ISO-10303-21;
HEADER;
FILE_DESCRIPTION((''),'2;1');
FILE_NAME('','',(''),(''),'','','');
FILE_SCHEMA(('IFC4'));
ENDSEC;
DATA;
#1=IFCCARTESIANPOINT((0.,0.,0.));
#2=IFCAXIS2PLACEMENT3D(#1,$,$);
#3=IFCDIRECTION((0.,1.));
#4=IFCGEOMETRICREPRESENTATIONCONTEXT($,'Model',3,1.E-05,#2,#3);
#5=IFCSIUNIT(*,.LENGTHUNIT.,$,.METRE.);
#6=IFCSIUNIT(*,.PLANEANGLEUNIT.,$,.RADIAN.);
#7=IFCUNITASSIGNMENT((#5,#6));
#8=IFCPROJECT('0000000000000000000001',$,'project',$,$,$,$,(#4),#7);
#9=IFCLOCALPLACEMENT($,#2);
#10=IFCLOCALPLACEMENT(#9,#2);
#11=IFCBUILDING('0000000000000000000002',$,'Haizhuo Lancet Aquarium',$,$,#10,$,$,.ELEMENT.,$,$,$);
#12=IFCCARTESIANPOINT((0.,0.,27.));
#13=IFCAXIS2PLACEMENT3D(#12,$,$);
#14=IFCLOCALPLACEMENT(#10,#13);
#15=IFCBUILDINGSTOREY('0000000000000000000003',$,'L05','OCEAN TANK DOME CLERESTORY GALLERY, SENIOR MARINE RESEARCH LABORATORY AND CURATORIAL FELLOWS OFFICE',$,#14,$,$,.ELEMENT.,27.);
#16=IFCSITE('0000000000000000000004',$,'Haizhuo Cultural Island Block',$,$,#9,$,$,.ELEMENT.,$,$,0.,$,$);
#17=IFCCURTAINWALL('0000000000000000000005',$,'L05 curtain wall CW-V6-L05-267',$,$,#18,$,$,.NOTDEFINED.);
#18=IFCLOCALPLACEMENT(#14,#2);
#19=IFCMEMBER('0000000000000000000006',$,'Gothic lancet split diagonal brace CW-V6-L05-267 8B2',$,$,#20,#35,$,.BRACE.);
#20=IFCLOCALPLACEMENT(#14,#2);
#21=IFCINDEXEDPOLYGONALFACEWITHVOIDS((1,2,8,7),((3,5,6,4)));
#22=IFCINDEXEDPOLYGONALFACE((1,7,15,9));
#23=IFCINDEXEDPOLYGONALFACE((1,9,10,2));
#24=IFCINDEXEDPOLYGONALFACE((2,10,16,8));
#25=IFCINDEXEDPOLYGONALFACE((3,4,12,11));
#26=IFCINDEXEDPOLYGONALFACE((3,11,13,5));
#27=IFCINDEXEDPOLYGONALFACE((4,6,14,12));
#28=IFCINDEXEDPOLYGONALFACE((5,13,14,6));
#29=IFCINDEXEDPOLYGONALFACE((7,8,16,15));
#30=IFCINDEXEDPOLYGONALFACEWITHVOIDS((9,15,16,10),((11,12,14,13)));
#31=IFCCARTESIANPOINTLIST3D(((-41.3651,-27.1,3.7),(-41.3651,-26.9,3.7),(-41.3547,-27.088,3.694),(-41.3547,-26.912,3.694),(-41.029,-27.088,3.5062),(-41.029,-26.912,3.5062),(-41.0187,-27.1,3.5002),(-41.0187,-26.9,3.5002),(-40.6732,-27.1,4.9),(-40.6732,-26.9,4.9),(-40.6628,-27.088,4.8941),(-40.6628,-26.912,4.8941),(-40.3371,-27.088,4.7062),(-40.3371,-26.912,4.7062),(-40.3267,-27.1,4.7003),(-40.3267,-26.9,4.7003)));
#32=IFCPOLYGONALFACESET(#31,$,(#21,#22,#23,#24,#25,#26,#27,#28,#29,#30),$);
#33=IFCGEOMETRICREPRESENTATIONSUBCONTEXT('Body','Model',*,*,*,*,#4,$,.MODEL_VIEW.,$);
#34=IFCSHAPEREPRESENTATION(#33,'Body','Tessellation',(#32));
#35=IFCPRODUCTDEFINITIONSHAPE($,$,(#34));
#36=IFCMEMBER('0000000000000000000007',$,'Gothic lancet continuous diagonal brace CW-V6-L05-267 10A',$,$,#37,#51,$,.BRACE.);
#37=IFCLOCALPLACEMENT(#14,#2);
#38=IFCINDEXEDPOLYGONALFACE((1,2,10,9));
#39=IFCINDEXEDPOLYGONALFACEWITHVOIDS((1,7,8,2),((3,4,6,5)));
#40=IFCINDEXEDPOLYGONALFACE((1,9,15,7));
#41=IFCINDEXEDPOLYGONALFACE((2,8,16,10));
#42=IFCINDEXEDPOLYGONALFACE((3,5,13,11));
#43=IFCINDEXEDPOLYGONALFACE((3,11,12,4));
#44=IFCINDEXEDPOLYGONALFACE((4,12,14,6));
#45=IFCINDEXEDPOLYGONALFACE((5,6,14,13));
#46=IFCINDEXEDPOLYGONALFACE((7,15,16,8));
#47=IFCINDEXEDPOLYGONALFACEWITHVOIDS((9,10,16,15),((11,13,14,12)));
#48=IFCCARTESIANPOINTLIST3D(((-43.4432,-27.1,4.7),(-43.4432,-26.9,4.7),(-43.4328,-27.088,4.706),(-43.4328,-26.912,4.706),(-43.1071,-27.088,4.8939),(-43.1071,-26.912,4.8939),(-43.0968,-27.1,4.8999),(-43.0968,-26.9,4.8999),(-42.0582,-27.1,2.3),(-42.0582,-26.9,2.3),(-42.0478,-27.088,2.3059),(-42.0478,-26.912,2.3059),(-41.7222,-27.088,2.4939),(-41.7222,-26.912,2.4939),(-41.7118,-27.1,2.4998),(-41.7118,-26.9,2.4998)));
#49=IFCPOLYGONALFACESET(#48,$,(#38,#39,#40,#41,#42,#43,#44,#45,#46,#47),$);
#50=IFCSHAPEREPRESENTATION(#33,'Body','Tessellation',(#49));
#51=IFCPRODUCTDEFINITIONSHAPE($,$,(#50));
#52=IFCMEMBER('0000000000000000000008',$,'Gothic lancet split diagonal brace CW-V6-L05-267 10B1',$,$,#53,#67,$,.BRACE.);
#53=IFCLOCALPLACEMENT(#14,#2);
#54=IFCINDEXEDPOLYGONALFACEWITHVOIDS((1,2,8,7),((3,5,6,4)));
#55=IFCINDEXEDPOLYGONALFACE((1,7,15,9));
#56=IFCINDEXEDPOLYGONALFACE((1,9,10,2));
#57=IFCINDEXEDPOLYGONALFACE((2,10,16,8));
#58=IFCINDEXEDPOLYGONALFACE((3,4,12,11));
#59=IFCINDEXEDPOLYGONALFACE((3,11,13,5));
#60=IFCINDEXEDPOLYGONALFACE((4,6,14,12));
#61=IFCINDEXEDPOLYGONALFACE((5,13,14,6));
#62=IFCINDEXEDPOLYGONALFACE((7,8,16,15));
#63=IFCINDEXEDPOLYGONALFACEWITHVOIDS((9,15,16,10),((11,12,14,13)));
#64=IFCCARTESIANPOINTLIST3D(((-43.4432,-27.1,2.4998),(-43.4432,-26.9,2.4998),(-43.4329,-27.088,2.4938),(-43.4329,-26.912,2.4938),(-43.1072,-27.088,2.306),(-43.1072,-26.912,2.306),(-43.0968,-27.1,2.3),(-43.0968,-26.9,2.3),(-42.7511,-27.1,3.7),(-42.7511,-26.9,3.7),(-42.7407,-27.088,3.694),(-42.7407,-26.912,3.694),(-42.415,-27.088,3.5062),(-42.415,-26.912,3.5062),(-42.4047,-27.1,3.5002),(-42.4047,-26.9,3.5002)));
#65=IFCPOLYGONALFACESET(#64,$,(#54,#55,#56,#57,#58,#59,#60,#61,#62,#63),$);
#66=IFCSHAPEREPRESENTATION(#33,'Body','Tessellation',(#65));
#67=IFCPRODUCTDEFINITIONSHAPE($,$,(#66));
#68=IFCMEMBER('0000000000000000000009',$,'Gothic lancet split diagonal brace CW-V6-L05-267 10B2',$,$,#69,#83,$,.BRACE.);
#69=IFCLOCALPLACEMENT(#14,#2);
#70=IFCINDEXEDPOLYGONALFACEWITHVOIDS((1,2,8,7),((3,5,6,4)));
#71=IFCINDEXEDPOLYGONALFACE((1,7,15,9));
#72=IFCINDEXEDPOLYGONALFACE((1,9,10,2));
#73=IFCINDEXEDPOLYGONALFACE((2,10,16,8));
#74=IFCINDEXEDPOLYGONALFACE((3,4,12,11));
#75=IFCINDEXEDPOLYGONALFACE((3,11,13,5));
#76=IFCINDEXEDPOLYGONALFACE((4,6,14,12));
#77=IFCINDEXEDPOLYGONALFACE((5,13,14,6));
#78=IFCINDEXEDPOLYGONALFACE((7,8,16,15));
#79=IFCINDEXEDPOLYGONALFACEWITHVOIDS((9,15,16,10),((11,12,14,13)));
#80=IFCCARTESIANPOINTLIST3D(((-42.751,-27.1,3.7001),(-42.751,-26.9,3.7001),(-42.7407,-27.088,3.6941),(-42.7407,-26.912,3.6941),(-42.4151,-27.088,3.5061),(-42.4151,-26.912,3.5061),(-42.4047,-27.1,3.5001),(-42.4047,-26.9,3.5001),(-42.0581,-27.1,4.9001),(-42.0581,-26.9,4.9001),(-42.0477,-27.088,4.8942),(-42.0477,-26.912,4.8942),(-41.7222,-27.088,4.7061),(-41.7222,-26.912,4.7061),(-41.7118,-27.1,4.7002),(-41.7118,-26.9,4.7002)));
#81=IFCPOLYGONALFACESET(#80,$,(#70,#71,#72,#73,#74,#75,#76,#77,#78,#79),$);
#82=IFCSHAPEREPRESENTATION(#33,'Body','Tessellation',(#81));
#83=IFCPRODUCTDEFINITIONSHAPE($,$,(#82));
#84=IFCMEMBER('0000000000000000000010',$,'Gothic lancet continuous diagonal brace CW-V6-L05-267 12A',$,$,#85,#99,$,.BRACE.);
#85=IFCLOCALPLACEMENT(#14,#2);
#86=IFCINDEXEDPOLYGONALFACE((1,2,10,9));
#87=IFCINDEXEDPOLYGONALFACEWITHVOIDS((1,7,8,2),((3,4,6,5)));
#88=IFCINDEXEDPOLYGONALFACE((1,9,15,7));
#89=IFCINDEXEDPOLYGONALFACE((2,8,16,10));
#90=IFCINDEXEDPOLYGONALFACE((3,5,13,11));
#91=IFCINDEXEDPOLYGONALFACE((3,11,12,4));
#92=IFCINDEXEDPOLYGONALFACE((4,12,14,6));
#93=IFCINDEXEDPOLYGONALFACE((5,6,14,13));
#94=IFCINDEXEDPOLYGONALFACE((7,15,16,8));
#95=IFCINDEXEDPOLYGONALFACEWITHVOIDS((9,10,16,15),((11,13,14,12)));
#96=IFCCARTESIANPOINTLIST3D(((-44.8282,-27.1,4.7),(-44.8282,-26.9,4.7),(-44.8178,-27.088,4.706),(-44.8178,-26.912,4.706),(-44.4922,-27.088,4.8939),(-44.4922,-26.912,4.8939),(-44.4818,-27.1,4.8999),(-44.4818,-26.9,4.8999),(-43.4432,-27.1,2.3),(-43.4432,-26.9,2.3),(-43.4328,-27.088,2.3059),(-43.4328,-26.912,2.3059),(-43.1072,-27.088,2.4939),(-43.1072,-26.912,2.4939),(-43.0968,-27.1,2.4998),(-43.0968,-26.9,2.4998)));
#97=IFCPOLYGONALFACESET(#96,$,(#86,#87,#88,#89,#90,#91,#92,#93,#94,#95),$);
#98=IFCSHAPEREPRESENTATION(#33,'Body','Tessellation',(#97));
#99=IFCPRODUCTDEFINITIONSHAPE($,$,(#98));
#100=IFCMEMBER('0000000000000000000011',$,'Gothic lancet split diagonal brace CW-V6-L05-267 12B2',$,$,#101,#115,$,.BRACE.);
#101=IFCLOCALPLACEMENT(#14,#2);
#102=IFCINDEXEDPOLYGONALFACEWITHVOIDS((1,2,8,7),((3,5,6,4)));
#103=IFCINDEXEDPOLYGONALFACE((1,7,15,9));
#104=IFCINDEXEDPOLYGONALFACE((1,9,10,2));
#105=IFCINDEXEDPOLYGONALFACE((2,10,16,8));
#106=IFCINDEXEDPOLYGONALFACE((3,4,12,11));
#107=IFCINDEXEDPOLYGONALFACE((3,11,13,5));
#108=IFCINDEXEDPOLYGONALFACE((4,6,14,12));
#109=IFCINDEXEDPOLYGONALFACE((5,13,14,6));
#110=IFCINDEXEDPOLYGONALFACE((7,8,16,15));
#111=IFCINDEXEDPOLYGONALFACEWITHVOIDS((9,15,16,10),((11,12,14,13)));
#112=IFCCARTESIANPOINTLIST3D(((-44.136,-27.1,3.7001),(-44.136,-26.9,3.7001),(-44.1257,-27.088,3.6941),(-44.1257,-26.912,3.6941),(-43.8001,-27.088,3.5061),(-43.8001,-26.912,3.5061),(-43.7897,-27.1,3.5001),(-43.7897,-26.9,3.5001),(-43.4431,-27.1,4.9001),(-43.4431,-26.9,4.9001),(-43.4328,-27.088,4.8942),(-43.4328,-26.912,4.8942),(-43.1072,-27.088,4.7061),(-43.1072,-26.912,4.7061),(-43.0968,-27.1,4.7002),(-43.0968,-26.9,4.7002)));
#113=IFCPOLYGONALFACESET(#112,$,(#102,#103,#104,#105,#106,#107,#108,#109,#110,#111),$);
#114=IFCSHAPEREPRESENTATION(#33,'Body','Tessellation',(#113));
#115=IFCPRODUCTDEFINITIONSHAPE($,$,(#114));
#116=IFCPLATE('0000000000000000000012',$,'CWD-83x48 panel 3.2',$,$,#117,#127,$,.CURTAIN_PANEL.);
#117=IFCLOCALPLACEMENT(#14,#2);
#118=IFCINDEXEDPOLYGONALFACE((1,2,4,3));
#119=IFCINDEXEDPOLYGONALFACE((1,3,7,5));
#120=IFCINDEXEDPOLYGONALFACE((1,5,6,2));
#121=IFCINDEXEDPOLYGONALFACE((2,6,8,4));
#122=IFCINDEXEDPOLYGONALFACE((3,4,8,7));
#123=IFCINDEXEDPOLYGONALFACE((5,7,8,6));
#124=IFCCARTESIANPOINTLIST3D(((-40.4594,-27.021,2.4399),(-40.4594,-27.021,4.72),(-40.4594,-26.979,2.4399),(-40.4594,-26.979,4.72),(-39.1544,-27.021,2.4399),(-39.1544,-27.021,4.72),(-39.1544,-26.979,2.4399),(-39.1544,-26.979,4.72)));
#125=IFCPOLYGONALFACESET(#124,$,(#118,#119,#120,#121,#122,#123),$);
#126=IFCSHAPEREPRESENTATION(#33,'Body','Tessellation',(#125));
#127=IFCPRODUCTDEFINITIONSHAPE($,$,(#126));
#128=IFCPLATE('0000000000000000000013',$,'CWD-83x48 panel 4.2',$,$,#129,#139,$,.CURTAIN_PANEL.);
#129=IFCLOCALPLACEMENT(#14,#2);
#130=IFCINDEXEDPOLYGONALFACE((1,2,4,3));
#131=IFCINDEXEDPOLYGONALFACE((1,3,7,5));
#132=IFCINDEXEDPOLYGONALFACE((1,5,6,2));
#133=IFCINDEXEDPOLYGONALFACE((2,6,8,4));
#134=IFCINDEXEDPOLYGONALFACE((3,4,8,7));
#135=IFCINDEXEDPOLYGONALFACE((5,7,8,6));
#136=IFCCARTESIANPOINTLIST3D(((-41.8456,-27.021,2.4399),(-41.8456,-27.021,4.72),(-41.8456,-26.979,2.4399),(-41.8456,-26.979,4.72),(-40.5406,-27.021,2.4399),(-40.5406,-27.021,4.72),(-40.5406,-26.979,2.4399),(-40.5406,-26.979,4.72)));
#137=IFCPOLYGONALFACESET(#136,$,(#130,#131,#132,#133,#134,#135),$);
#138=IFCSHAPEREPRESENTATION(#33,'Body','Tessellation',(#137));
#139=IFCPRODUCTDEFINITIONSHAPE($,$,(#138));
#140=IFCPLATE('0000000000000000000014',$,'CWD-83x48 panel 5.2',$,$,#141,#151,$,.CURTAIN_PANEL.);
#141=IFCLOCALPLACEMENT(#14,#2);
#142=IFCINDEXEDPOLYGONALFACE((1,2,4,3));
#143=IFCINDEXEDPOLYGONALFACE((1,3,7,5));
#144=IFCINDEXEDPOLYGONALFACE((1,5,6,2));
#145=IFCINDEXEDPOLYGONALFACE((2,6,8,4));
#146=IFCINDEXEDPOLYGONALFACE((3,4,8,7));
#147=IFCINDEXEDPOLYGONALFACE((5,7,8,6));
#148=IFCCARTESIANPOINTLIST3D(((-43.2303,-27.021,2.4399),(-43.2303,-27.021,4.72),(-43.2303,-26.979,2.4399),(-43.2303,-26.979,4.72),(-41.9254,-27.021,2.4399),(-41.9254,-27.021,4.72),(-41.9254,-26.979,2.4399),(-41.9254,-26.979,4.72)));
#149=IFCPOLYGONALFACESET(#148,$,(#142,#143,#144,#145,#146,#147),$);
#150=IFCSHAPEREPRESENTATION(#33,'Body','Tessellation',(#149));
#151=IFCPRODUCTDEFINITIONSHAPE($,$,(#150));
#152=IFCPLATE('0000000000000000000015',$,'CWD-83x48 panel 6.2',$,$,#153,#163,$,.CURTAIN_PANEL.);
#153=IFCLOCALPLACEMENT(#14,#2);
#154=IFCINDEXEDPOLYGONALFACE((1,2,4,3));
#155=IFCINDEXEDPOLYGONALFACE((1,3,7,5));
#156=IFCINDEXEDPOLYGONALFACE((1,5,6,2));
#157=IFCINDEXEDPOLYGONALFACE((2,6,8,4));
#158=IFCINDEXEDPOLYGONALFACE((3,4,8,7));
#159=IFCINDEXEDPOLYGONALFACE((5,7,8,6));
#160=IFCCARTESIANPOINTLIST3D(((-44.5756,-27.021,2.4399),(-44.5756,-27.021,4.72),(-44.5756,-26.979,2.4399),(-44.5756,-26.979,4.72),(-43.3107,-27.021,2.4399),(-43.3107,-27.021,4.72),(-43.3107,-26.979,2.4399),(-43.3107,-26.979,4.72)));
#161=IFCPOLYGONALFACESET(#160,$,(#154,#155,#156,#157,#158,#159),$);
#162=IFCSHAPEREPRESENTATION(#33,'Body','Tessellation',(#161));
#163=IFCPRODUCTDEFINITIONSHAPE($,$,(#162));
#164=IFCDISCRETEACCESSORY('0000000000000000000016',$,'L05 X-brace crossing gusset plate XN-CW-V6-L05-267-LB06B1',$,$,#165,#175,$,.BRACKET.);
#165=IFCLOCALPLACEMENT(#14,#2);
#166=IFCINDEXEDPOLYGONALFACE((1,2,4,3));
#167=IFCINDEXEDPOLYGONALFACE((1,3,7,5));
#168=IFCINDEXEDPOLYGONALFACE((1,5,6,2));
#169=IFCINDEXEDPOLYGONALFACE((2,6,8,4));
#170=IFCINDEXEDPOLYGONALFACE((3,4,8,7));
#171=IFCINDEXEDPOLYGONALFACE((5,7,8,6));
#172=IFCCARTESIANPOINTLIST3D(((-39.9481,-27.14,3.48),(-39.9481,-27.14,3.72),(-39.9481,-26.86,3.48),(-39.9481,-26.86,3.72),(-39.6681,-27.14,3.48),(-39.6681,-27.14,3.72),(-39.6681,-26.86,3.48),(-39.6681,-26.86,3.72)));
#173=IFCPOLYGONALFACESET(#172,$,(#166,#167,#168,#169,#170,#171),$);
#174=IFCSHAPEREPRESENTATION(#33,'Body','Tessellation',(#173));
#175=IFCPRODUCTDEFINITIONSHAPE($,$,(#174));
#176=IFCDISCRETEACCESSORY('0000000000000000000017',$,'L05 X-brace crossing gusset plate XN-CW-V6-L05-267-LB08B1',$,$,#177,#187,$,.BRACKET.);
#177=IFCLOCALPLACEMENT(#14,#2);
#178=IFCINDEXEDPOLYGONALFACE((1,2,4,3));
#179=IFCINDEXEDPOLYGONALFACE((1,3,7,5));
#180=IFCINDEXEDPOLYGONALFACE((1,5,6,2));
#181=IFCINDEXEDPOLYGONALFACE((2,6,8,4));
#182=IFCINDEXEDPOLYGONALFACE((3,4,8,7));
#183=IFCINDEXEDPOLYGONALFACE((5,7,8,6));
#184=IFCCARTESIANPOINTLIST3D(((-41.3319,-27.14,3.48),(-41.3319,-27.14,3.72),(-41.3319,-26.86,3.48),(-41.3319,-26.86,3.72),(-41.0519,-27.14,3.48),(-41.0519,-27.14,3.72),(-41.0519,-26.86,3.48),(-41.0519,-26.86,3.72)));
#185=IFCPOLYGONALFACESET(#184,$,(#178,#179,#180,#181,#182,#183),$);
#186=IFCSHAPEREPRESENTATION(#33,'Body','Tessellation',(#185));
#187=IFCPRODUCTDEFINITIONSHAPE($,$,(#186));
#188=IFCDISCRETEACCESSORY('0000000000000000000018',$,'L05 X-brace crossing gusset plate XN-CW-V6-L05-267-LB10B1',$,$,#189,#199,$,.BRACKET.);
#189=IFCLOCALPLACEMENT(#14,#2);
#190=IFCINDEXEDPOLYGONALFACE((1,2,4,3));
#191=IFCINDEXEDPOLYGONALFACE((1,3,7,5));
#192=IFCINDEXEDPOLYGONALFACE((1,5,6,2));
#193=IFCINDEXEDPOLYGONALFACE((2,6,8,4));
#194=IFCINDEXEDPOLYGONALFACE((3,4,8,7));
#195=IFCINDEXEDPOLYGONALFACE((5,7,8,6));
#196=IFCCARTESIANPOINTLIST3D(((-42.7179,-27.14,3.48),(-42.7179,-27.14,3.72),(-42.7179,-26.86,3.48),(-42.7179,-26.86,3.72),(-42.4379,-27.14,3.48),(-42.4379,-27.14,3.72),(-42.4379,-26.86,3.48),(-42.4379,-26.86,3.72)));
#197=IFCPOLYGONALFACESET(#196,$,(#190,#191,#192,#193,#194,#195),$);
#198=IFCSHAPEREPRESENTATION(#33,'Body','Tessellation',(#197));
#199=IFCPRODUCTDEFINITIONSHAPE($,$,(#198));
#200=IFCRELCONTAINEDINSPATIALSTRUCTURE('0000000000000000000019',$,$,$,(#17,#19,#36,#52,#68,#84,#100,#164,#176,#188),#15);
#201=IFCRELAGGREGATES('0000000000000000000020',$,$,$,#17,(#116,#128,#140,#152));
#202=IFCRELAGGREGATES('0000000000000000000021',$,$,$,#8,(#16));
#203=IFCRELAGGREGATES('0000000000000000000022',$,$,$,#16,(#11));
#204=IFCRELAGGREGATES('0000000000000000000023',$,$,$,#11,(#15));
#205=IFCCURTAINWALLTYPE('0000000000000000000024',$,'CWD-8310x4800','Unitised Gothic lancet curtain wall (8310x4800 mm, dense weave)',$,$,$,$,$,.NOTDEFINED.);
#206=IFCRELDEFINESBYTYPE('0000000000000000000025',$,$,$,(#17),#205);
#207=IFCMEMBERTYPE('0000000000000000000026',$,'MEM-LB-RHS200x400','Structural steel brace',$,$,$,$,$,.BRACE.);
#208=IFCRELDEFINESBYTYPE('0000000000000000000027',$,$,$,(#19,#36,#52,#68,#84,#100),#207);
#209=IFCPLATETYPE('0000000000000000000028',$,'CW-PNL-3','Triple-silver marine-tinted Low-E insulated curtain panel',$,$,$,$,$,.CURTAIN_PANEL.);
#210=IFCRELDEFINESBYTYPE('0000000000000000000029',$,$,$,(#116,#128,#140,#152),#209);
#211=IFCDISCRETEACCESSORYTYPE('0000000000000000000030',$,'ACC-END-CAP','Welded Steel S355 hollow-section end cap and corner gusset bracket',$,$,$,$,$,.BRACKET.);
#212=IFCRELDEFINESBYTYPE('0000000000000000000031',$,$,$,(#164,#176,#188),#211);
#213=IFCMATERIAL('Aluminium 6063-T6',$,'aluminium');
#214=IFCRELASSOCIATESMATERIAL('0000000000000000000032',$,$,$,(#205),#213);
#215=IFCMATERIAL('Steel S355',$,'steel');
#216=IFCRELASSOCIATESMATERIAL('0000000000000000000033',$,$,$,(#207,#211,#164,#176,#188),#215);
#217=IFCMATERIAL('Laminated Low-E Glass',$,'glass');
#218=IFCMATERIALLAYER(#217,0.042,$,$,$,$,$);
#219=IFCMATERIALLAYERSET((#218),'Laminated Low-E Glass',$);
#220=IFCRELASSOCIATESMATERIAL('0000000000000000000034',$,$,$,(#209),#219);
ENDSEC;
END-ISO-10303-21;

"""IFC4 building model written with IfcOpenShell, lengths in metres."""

from ifc_helpers import new_model, si_unit, direction, frame, origin, origin_2d, place, context, subcontext, project, spatial, rectangle, hollow_rectangle, extrude, material, layer, layer_set, material_profile, profile_set, type_object, element, aggregate, save


model = new_model("IFC4")

# Units and contexts
model_context = context("Model", 3, precision=1e-05, world=origin(), true_north=direction((0.0, 1.0)))
body_context = subcontext(model_context, "Body", "Model", "MODEL_VIEW")
ifc_project = project(units=[si_unit("LENGTHUNIT", "METRE"), si_unit("PLANEANGLEUNIT", "RADIAN")], contexts=[model_context])

# Site, building, storey
site_placement = place(None, origin())
site = spatial("IfcSite", under=ifc_project, at=site_placement, Name="Haizhuo Cultural Island Block", CompositionType="ELEMENT", RefElevation=0.0)
building_placement = place(site_placement, origin())
building = spatial("IfcBuilding", under=site, at=building_placement, Name="Haizhuo Lancet Aquarium", CompositionType="ELEMENT")
storey_placement = place(building_placement, frame((0.0, 0.0, 27.0)))
storey = spatial("IfcBuildingStorey", under=building, at=storey_placement, Name="L05", Description="OCEAN TANK DOME CLERESTORY GALLERY, SENIOR MARINE RESEARCH LABORATORY AND CURATORIAL FELLOWS OFFICE", CompositionType="ELEMENT", Elevation=27.0)

# Curtain wall
ifc_material_1 = material(Name="Aluminium 6063-T6", Category="aluminium")
curtain_wall_type = type_object("IfcCurtainWallType", Name="CWD-8310x4800", Description="Unitised Gothic lancet curtain wall (8310x4800 mm, dense weave)", PredefinedType="NOTDEFINED", material=ifc_material_1)
curtain_wall_placement = place(storey_placement, origin())
curtain_wall = element("IfcCurtainWall", 1, at=curtain_wall_placement, inside=storey, type_object=curtain_wall_type, Name="L05 curtain wall CW-V6-L05-267", PredefinedType="NOTDEFINED")

# Members
ifc_material_2 = material(Name="Steel S355", Category="steel")
ifc_material_profile_1 = material_profile(ifc_material_2, hollow_rectangle(XDim=0.2, YDim=0.3999, WallThickness=0.012, at=origin_2d()), Name="RHS 200x400x12")
ifc_profile_set_1 = profile_set([ifc_material_profile_1], Name="Steel S355")
member_type_1 = type_object("IfcMemberType", Name="MEM-LB-RHS200x400", Description="Structural steel brace", PredefinedType="BRACE", material=ifc_profile_set_1)
member_1_placement = place(storey_placement, frame((-41.1919, -27.0, 3.6001), z_axis=(0.499514, 0.0, 0.866306), x_axis=(0.0, 1.0, 0.0)))
element("IfcMember", 2, at=member_1_placement, inside=storey, type_object=member_type_1, Name="Gothic lancet split diagonal brace CW-V6-L05-267 8B2", PredefinedType="BRACE", context=body_context, shape_type="SweptSolid", body=[
    extrude(hollow_rectangle(XDim=0.2, YDim=0.3999, WallThickness=0.012, at=origin_2d()), origin(), (0.0, 0.0, 1.0), 1.3853),
])
member_2_placement = place(storey_placement, frame((-41.885, -27.0, 2.3999), z_axis=(-0.499806, 0.0, 0.866137), x_axis=(0.0, -1.0, 0.0)))
element("IfcMember", 3, at=member_2_placement, inside=storey, type_object=member_type_1, Name="Gothic lancet continuous diagonal brace CW-V6-L05-267 10A", PredefinedType="BRACE", context=body_context, shape_type="SweptSolid", body=[
    extrude(hollow_rectangle(XDim=0.2, YDim=0.3999, WallThickness=0.012, at=origin_2d()), origin(), (0.0, 0.0, 1.0), 2.771),
])
member_3_placement = place(storey_placement, frame((-43.27, -27.0, 2.3999), z_axis=(0.49957, 0.0, 0.866274), x_axis=(0.0, 1.0, 0.0)))
element("IfcMember", 4, at=member_3_placement, inside=storey, type_object=member_type_1, Name="Gothic lancet split diagonal brace CW-V6-L05-267 10B1", PredefinedType="BRACE", context=body_context, shape_type="SweptSolid", body=[
    extrude(hollow_rectangle(XDim=0.2, YDim=0.3999, WallThickness=0.012, at=origin_2d()), origin(), (0.0, 0.0, 1.0), 1.3855),
])
member_4_placement = place(storey_placement, frame((-42.5779, -27.0, 3.6001), z_axis=(0.500043, 0.0, 0.866001), x_axis=(0.0, 1.0, 0.0)))
element("IfcMember", 5, at=member_4_placement, inside=storey, type_object=member_type_1, Name="Gothic lancet split diagonal brace CW-V6-L05-267 10B2", PredefinedType="BRACE", context=body_context, shape_type="SweptSolid", body=[
    extrude(hollow_rectangle(XDim=0.2, YDim=0.3999, WallThickness=0.012, at=origin_2d()), origin(), (0.0, 0.0, 1.0), 1.3857),
])
member_5_placement = place(storey_placement, frame((-43.27, -27.0, 2.3999), z_axis=(-0.499806, 0.0, 0.866137), x_axis=(0.0, -1.0, 0.0)))
element("IfcMember", 6, at=member_5_placement, inside=storey, type_object=member_type_1, Name="Gothic lancet continuous diagonal brace CW-V6-L05-267 12A", PredefinedType="BRACE", context=body_context, shape_type="SweptSolid", body=[
    extrude(hollow_rectangle(XDim=0.2, YDim=0.3999, WallThickness=0.012, at=origin_2d()), origin(), (0.0, 0.0, 1.0), 2.771),
])
member_6_placement = place(storey_placement, frame((-43.9629, -27.0, 3.6001), z_axis=(0.500043, 0.0, 0.866001), x_axis=(0.0, 1.0, 0.0)))
element("IfcMember", 7, at=member_6_placement, inside=storey, type_object=member_type_1, Name="Gothic lancet split diagonal brace CW-V6-L05-267 12B2", PredefinedType="BRACE", context=body_context, shape_type="SweptSolid", body=[
    extrude(hollow_rectangle(XDim=0.2, YDim=0.3999, WallThickness=0.012, at=origin_2d()), origin(), (0.0, 0.0, 1.0), 1.3857),
])

# Plates
ifc_material_3 = material(Name="Laminated Low-E Glass", Category="glass")
ifc_layer = layer(ifc_material_3, 0.042)
ifc_layer_set = layer_set([ifc_layer], Name="Laminated Low-E Glass")
plate_type = type_object("IfcPlateType", Name="CW-PNL-3", Description="Triple-silver marine-tinted Low-E insulated curtain panel", PredefinedType="CURTAIN_PANEL", material=ifc_layer_set)
plate_1_placement = place(storey_placement, frame((-39.8069, -27.0, 2.4399), z_axis=(0.0, 0.0, 1.0), x_axis=(-1.0, 0.0, 0.0)))
plate_1 = element("IfcPlate", 8, at=plate_1_placement, type_object=plate_type, Name="CWD-83x48 panel 3.2", PredefinedType="CURTAIN_PANEL", context=body_context, shape_type="SweptSolid", body=[
    extrude(rectangle(XDim=1.3049, YDim=0.042, at=origin_2d()), origin(), (0.0, 0.0, 1.0), 2.28),
])
plate_2_placement = place(storey_placement, frame((-41.1931, -27.0, 2.4399), z_axis=(0.0, 0.0, 1.0), x_axis=(-1.0, 0.0, 0.0)))
plate_2 = element("IfcPlate", 9, at=plate_2_placement, type_object=plate_type, Name="CWD-83x48 panel 4.2", PredefinedType="CURTAIN_PANEL", context=body_context, shape_type="SweptSolid", body=[
    extrude(rectangle(XDim=1.3049, YDim=0.042, at=origin_2d()), origin(), (0.0, 0.0, 1.0), 2.28),
])
plate_3_placement = place(storey_placement, frame((-42.5779, -27.0, 2.4399), z_axis=(0.0, 0.0, 1.0), x_axis=(-1.0, 0.0, 0.0)))
plate_3 = element("IfcPlate", 10, at=plate_3_placement, type_object=plate_type, Name="CWD-83x48 panel 5.2", PredefinedType="CURTAIN_PANEL", context=body_context, shape_type="SweptSolid", body=[
    extrude(rectangle(XDim=1.3049, YDim=0.042, at=origin_2d()), origin(), (0.0, 0.0, 1.0), 2.28),
])
plate_4_placement = place(storey_placement, frame((-43.9431, -27.0, 2.4399), z_axis=(0.0, 0.0, 1.0), x_axis=(-1.0, 0.0, 0.0)))
plate_4 = element("IfcPlate", 11, at=plate_4_placement, type_object=plate_type, Name="CWD-83x48 panel 6.2", PredefinedType="CURTAIN_PANEL", context=body_context, shape_type="SweptSolid", body=[
    extrude(rectangle(XDim=1.2649, YDim=0.042, at=origin_2d()), origin(), (0.0, 0.0, 1.0), 2.28),
])
aggregate(curtain_wall, [plate_1, plate_2, plate_3, plate_4])

# Discrete accessories
discrete_accessory_type = type_object("IfcDiscreteAccessoryType", Name="ACC-END-CAP", Description="Welded Steel S355 hollow-section end cap and corner gusset bracket", PredefinedType="BRACKET", material=ifc_material_2)
for number, where, z_axis, x_axis, name in (
    (12, (-39.8081, -27.0, 3.48), (0.0, 0.0, 1.0), (1.0, 0.0, 0.0), "L05 X-brace crossing gusset plate XN-CW-V6-L05-267-LB06B1"),
    (13, (-41.1919, -27.0, 3.48), (0.0, 0.0, 1.0), (1.0, 0.0, 0.0), "L05 X-brace crossing gusset plate XN-CW-V6-L05-267-LB08B1"),
    (14, (-42.5779, -27.0, 3.48), (0.0, 0.0, 1.0), (1.0, 0.0, 0.0), "L05 X-brace crossing gusset plate XN-CW-V6-L05-267-LB10B1"),
):
    element("IfcDiscreteAccessory", number, at=place(storey_placement, frame(where, z_axis=z_axis, x_axis=x_axis)), inside=storey, type_object=discrete_accessory_type, material=ifc_material_2, Name=name, PredefinedType="BRACKET", context=body_context, shape_type="SweptSolid", body=[
        extrude(rectangle(XDim=0.28, YDim=0.28, at=origin_2d()), origin(), (0.0, 0.0, 1.0), 0.24),
    ])

save(model, "model.ifc")
